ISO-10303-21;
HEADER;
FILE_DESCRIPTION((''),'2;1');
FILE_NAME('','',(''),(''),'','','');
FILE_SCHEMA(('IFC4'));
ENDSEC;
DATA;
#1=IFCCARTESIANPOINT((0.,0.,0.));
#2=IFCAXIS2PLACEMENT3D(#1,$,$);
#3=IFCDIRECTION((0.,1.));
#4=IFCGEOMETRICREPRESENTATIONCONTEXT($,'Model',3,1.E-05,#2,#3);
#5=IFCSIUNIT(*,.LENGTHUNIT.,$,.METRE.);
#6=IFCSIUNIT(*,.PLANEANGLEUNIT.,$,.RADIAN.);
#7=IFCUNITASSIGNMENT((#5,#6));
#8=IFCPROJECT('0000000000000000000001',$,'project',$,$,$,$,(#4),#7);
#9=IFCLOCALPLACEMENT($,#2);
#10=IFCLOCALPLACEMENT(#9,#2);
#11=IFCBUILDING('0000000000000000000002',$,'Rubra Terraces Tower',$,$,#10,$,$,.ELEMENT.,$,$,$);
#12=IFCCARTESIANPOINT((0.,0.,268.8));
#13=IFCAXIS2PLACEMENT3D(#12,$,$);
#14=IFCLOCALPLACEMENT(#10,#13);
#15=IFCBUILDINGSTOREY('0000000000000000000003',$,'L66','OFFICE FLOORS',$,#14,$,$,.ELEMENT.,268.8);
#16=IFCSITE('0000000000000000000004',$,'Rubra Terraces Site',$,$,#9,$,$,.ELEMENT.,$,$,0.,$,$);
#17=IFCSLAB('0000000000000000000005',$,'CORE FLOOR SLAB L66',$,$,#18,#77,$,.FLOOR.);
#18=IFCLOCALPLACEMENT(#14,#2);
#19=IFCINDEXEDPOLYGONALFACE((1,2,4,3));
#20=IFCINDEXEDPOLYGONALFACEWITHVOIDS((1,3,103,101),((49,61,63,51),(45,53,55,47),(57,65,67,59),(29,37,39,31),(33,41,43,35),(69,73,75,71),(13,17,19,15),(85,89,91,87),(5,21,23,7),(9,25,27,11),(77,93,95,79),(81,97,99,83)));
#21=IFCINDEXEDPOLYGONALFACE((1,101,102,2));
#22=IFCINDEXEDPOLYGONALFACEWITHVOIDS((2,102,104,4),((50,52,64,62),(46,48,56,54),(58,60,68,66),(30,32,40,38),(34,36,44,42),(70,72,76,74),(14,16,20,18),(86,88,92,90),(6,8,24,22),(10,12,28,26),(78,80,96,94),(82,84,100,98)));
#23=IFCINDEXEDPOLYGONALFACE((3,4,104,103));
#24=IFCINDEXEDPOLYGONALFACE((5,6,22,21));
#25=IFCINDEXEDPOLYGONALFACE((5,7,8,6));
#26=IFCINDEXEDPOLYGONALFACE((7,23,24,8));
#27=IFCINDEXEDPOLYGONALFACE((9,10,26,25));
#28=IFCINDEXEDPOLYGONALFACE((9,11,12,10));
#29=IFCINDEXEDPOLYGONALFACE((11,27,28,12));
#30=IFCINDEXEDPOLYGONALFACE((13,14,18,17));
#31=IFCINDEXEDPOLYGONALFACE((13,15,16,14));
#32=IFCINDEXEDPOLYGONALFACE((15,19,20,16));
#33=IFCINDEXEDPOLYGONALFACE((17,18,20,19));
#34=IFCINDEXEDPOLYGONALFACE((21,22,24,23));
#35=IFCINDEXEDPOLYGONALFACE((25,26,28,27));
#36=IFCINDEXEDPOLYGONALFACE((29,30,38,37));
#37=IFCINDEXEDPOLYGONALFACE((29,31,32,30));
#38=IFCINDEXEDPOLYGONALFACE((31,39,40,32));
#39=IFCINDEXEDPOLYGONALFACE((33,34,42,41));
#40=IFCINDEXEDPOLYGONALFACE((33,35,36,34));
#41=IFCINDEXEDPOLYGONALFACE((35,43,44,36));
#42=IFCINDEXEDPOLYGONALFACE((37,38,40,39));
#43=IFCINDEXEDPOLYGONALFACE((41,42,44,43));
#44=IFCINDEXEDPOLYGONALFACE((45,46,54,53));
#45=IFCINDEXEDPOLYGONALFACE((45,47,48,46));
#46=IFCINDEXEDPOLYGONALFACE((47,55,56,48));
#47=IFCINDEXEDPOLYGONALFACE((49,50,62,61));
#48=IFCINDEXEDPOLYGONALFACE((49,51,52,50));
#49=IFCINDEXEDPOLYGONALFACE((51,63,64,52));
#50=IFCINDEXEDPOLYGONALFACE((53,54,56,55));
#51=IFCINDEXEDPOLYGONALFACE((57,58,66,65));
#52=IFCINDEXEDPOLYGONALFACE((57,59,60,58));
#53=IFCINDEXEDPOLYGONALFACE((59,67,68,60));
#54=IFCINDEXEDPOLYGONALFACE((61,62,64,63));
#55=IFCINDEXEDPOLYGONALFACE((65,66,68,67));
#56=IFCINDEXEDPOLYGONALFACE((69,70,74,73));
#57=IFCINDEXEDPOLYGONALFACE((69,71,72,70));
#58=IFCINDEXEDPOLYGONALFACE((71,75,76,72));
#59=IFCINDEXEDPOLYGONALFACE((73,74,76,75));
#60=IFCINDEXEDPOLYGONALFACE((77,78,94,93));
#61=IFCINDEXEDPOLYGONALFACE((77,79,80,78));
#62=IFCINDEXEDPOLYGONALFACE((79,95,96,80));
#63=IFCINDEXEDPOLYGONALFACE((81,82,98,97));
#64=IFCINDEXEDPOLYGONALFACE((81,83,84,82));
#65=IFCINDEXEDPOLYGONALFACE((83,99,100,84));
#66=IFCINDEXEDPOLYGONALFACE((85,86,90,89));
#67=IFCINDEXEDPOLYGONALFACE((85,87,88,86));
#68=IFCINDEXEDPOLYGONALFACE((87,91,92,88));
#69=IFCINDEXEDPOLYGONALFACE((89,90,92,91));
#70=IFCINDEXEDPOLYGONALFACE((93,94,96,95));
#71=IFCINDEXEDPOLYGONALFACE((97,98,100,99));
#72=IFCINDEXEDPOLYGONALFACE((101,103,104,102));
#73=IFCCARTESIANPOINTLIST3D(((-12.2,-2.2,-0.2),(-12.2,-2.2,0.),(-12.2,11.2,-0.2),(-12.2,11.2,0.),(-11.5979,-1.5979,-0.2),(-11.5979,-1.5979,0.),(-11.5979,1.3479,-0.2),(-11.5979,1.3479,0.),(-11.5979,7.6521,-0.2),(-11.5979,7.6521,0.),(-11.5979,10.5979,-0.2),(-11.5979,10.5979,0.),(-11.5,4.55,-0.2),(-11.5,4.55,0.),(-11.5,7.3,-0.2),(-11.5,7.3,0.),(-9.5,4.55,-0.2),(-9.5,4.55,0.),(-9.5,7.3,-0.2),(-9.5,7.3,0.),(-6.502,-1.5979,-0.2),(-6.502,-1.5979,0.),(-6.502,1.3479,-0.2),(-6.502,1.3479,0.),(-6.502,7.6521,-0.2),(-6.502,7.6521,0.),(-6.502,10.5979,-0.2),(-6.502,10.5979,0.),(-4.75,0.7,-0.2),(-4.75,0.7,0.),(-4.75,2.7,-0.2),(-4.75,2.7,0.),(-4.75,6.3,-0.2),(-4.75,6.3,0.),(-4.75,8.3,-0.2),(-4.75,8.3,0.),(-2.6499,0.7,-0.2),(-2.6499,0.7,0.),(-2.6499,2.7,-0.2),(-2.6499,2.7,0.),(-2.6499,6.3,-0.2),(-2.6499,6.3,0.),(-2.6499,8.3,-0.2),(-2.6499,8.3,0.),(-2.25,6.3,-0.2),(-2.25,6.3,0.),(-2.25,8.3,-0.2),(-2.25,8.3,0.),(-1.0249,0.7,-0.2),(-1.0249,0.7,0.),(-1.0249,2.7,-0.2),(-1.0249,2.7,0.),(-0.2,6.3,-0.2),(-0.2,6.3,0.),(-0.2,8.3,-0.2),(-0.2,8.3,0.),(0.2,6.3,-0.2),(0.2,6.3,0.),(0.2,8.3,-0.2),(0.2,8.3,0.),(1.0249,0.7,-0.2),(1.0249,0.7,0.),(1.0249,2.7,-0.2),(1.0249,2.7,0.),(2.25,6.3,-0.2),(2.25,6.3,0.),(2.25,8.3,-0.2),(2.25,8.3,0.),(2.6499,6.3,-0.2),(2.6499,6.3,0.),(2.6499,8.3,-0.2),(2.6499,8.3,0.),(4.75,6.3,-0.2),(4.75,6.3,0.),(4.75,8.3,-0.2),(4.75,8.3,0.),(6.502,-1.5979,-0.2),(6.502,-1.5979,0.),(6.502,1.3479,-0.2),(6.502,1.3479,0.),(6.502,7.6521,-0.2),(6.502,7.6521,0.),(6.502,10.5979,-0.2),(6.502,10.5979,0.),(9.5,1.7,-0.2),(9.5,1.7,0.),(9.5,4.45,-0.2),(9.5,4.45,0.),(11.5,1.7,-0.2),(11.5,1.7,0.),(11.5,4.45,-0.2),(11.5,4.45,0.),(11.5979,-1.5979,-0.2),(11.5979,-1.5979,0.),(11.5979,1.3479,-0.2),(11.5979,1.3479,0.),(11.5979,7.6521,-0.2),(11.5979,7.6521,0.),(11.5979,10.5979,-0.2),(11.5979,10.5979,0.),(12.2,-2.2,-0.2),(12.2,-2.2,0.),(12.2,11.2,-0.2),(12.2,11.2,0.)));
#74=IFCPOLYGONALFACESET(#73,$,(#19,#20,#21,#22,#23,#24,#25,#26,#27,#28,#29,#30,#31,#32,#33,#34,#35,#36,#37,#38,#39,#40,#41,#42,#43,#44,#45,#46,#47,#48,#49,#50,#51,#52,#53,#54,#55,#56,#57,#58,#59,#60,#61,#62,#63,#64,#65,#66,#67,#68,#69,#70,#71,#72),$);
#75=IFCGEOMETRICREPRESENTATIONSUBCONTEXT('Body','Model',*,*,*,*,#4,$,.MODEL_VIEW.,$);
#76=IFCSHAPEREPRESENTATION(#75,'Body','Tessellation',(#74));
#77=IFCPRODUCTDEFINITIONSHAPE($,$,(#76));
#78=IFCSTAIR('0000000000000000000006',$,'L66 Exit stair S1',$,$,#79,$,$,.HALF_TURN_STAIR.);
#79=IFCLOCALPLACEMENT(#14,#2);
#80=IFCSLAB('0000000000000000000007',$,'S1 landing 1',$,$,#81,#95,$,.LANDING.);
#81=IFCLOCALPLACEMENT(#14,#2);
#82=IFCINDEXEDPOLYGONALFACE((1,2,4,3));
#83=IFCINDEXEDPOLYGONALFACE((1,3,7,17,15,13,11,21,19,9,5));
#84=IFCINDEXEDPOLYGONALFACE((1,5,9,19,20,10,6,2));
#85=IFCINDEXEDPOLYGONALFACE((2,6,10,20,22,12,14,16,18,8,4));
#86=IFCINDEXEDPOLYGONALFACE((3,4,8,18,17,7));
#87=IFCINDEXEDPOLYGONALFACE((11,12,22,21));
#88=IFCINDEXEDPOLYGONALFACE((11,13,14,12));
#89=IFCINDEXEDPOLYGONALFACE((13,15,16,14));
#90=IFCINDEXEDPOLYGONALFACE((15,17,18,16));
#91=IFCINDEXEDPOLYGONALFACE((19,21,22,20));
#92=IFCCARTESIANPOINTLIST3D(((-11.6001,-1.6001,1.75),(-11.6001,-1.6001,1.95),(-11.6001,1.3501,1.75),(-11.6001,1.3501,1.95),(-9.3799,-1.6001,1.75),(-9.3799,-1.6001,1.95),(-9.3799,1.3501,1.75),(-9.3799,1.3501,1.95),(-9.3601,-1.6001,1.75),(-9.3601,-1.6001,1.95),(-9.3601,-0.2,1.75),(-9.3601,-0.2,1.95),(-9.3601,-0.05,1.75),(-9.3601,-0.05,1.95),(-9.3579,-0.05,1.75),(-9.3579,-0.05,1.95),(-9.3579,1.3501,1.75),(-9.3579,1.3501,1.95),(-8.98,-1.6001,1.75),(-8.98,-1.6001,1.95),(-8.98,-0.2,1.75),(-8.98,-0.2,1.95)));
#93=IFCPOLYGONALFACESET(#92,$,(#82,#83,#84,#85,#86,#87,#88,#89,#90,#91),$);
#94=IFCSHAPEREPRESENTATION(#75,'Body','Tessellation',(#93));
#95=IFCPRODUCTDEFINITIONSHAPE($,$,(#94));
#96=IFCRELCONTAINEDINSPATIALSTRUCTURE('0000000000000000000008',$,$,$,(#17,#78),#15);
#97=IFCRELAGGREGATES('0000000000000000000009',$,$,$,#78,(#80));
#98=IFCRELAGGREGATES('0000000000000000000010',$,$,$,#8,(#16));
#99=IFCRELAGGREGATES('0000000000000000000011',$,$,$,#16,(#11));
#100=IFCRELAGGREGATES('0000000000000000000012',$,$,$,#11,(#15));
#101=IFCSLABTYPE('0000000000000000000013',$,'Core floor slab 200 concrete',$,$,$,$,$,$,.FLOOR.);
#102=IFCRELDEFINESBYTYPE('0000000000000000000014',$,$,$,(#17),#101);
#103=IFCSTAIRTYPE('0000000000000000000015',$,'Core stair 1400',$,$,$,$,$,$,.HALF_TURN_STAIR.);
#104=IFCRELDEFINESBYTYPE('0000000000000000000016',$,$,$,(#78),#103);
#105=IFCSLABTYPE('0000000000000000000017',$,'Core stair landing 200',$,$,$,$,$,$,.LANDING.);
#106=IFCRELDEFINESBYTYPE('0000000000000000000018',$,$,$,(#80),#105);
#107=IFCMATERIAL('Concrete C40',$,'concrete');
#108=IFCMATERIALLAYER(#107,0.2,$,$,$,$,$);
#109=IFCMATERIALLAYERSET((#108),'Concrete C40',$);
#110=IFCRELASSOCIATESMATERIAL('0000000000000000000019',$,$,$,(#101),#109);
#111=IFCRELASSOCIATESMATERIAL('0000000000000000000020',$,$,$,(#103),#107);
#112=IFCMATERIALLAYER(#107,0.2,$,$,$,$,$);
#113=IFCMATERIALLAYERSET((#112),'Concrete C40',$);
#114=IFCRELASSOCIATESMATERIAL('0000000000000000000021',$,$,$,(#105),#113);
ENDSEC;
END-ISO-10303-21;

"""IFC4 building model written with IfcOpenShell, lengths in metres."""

from ifc_helpers import new_model, si_unit, direction, frame, origin, place, context, subcontext, project, spatial, polyline, outline, extrude, material, layer, layer_set, type_object, element, aggregate, save


model = new_model("IFC4")

# Units and contexts
model_context = context("Model", 3, precision=1e-05, world=origin(), true_north=direction((0.0, 1.0)))
body_context = subcontext(model_context, "Body", "Model", "MODEL_VIEW")
ifc_project = project(units=[si_unit("LENGTHUNIT", "METRE"), si_unit("PLANEANGLEUNIT", "RADIAN")], contexts=[model_context])

# Site, building, storey
site_placement = place(None, origin())
site = spatial("IfcSite", under=ifc_project, at=site_placement, Name="Rubra Terraces Site", CompositionType="ELEMENT", RefElevation=0.0)
building_placement = place(site_placement, origin())
building = spatial("IfcBuilding", under=site, at=building_placement, Name="Rubra Terraces Tower", CompositionType="ELEMENT")
storey_placement = place(building_placement, frame((0.0, 0.0, 268.8)))
storey = spatial("IfcBuildingStorey", under=building, at=storey_placement, Name="L66", Description="OFFICE FLOORS", CompositionType="ELEMENT", Elevation=268.8)

# Slab
ifc_material_1 = material(Name="Concrete C40", Category="concrete")
ifc_layer_1 = layer(ifc_material_1, 0.2)
ifc_layer_set_1 = layer_set([ifc_layer_1], Name="Concrete C40")
slab_type_1 = type_object("IfcSlabType", Name="Core floor slab 200 concrete", PredefinedType="FLOOR", material=ifc_layer_set_1)
slab_1_placement = place(storey_placement, frame((0.0, 0.0, -0.2)))
element("IfcSlab", 1, at=slab_1_placement, inside=storey, type_object=slab_type_1, Name="CORE FLOOR SLAB L66", PredefinedType="FLOOR", context=body_context, shape_type="SweptSolid", body=[
    extrude(outline(polyline([(-12.2, -2.2), (-12.2, 11.2), (12.2, 11.2), (12.2, -2.2), (-12.2, -2.2)]), holes=[polyline([(11.5979, 1.3479), (6.502, 1.3479), (6.502, -1.5979), (11.5979, -1.5979), (11.5979, 1.3479)]), polyline([(11.5979, 7.6521), (11.5979, 10.5979), (6.502, 10.5979), (6.502, 7.6521), (11.5979, 7.6521)]), polyline([(9.5, 1.7), (11.5, 1.7), (11.5, 4.45), (9.5, 4.45), (9.5, 1.7)]), polyline([(4.75, 6.3), (4.75, 8.3), (2.6499, 8.3), (2.6499, 6.3), (4.75, 6.3)]), polyline([(2.25, 8.3), (0.2, 8.3), (0.2, 6.3), (2.25, 6.3), (2.25, 8.3)]), polyline([(1.0249, 0.7), (1.0249, 2.7), (-1.0249, 2.7), (-1.0249, 0.7), (1.0249, 0.7)]), polyline([(-0.2, 6.3), (-0.2, 8.3), (-2.25, 8.3), (-2.25, 6.3), (-0.2, 6.3)]), polyline([(-4.75, 8.3), (-4.75, 6.3), (-2.6499, 6.3), (-2.6499, 8.3), (-4.75, 8.3)]), polyline([(-2.6499, 0.7), (-2.6499, 2.7), (-4.75, 2.7), (-4.75, 0.7), (-2.6499, 0.7)]), polyline([(-11.5979, -1.5979), (-6.502, -1.5979), (-6.502, 1.3479), (-11.5979, 1.3479), (-11.5979, -1.5979)]), polyline([(-11.5979, 10.5979), (-11.5979, 7.6521), (-6.502, 7.6521), (-6.502, 10.5979), (-11.5979, 10.5979)]), polyline([(-9.5, 4.55), (-9.5, 7.3), (-11.5, 7.3), (-11.5, 4.55), (-9.5, 4.55)])]), origin(), (0.0, 0.0, 1.0), 0.2),
])

# Stair, slab
stair_type = type_object("IfcStairType", Name="Core stair 1400", PredefinedType="HALF_TURN_STAIR", material=ifc_material_1)
stair_placement = place(storey_placement, origin())
stair = element("IfcStair", 2, at=stair_placement, inside=storey, type_object=stair_type, Name="L66 Exit stair S1", PredefinedType="HALF_TURN_STAIR")
ifc_layer_2 = layer(ifc_material_1, 0.2)
ifc_layer_set_2 = layer_set([ifc_layer_2], Name="Concrete C40")
slab_type_2 = type_object("IfcSlabType", Name="Core stair landing 200", PredefinedType="LANDING", material=ifc_layer_set_2)
slab_2_placement = place(storey_placement, frame((0.0, 0.0, 1.75)))
slab_2 = element("IfcSlab", 3, at=slab_2_placement, type_object=slab_type_2, Name="S1 landing 1", PredefinedType="LANDING", context=body_context, shape_type="SweptSolid", body=[
    extrude(outline(polyline([(-8.98, -0.2), (-8.98, -1.6001), (-9.3601, -1.6001), (-9.3799, -1.6001), (-11.6001, -1.6001), (-11.6001, 1.3501), (-9.3799, 1.3501), (-9.3579, 1.3501), (-9.3579, -0.05), (-9.3601, -0.05), (-9.3601, -0.2), (-8.98, -0.2)])), origin(), (0.0, 0.0, 1.0), 0.2),
])

aggregate(stair, [slab_2])

save(model, "model.ifc")
